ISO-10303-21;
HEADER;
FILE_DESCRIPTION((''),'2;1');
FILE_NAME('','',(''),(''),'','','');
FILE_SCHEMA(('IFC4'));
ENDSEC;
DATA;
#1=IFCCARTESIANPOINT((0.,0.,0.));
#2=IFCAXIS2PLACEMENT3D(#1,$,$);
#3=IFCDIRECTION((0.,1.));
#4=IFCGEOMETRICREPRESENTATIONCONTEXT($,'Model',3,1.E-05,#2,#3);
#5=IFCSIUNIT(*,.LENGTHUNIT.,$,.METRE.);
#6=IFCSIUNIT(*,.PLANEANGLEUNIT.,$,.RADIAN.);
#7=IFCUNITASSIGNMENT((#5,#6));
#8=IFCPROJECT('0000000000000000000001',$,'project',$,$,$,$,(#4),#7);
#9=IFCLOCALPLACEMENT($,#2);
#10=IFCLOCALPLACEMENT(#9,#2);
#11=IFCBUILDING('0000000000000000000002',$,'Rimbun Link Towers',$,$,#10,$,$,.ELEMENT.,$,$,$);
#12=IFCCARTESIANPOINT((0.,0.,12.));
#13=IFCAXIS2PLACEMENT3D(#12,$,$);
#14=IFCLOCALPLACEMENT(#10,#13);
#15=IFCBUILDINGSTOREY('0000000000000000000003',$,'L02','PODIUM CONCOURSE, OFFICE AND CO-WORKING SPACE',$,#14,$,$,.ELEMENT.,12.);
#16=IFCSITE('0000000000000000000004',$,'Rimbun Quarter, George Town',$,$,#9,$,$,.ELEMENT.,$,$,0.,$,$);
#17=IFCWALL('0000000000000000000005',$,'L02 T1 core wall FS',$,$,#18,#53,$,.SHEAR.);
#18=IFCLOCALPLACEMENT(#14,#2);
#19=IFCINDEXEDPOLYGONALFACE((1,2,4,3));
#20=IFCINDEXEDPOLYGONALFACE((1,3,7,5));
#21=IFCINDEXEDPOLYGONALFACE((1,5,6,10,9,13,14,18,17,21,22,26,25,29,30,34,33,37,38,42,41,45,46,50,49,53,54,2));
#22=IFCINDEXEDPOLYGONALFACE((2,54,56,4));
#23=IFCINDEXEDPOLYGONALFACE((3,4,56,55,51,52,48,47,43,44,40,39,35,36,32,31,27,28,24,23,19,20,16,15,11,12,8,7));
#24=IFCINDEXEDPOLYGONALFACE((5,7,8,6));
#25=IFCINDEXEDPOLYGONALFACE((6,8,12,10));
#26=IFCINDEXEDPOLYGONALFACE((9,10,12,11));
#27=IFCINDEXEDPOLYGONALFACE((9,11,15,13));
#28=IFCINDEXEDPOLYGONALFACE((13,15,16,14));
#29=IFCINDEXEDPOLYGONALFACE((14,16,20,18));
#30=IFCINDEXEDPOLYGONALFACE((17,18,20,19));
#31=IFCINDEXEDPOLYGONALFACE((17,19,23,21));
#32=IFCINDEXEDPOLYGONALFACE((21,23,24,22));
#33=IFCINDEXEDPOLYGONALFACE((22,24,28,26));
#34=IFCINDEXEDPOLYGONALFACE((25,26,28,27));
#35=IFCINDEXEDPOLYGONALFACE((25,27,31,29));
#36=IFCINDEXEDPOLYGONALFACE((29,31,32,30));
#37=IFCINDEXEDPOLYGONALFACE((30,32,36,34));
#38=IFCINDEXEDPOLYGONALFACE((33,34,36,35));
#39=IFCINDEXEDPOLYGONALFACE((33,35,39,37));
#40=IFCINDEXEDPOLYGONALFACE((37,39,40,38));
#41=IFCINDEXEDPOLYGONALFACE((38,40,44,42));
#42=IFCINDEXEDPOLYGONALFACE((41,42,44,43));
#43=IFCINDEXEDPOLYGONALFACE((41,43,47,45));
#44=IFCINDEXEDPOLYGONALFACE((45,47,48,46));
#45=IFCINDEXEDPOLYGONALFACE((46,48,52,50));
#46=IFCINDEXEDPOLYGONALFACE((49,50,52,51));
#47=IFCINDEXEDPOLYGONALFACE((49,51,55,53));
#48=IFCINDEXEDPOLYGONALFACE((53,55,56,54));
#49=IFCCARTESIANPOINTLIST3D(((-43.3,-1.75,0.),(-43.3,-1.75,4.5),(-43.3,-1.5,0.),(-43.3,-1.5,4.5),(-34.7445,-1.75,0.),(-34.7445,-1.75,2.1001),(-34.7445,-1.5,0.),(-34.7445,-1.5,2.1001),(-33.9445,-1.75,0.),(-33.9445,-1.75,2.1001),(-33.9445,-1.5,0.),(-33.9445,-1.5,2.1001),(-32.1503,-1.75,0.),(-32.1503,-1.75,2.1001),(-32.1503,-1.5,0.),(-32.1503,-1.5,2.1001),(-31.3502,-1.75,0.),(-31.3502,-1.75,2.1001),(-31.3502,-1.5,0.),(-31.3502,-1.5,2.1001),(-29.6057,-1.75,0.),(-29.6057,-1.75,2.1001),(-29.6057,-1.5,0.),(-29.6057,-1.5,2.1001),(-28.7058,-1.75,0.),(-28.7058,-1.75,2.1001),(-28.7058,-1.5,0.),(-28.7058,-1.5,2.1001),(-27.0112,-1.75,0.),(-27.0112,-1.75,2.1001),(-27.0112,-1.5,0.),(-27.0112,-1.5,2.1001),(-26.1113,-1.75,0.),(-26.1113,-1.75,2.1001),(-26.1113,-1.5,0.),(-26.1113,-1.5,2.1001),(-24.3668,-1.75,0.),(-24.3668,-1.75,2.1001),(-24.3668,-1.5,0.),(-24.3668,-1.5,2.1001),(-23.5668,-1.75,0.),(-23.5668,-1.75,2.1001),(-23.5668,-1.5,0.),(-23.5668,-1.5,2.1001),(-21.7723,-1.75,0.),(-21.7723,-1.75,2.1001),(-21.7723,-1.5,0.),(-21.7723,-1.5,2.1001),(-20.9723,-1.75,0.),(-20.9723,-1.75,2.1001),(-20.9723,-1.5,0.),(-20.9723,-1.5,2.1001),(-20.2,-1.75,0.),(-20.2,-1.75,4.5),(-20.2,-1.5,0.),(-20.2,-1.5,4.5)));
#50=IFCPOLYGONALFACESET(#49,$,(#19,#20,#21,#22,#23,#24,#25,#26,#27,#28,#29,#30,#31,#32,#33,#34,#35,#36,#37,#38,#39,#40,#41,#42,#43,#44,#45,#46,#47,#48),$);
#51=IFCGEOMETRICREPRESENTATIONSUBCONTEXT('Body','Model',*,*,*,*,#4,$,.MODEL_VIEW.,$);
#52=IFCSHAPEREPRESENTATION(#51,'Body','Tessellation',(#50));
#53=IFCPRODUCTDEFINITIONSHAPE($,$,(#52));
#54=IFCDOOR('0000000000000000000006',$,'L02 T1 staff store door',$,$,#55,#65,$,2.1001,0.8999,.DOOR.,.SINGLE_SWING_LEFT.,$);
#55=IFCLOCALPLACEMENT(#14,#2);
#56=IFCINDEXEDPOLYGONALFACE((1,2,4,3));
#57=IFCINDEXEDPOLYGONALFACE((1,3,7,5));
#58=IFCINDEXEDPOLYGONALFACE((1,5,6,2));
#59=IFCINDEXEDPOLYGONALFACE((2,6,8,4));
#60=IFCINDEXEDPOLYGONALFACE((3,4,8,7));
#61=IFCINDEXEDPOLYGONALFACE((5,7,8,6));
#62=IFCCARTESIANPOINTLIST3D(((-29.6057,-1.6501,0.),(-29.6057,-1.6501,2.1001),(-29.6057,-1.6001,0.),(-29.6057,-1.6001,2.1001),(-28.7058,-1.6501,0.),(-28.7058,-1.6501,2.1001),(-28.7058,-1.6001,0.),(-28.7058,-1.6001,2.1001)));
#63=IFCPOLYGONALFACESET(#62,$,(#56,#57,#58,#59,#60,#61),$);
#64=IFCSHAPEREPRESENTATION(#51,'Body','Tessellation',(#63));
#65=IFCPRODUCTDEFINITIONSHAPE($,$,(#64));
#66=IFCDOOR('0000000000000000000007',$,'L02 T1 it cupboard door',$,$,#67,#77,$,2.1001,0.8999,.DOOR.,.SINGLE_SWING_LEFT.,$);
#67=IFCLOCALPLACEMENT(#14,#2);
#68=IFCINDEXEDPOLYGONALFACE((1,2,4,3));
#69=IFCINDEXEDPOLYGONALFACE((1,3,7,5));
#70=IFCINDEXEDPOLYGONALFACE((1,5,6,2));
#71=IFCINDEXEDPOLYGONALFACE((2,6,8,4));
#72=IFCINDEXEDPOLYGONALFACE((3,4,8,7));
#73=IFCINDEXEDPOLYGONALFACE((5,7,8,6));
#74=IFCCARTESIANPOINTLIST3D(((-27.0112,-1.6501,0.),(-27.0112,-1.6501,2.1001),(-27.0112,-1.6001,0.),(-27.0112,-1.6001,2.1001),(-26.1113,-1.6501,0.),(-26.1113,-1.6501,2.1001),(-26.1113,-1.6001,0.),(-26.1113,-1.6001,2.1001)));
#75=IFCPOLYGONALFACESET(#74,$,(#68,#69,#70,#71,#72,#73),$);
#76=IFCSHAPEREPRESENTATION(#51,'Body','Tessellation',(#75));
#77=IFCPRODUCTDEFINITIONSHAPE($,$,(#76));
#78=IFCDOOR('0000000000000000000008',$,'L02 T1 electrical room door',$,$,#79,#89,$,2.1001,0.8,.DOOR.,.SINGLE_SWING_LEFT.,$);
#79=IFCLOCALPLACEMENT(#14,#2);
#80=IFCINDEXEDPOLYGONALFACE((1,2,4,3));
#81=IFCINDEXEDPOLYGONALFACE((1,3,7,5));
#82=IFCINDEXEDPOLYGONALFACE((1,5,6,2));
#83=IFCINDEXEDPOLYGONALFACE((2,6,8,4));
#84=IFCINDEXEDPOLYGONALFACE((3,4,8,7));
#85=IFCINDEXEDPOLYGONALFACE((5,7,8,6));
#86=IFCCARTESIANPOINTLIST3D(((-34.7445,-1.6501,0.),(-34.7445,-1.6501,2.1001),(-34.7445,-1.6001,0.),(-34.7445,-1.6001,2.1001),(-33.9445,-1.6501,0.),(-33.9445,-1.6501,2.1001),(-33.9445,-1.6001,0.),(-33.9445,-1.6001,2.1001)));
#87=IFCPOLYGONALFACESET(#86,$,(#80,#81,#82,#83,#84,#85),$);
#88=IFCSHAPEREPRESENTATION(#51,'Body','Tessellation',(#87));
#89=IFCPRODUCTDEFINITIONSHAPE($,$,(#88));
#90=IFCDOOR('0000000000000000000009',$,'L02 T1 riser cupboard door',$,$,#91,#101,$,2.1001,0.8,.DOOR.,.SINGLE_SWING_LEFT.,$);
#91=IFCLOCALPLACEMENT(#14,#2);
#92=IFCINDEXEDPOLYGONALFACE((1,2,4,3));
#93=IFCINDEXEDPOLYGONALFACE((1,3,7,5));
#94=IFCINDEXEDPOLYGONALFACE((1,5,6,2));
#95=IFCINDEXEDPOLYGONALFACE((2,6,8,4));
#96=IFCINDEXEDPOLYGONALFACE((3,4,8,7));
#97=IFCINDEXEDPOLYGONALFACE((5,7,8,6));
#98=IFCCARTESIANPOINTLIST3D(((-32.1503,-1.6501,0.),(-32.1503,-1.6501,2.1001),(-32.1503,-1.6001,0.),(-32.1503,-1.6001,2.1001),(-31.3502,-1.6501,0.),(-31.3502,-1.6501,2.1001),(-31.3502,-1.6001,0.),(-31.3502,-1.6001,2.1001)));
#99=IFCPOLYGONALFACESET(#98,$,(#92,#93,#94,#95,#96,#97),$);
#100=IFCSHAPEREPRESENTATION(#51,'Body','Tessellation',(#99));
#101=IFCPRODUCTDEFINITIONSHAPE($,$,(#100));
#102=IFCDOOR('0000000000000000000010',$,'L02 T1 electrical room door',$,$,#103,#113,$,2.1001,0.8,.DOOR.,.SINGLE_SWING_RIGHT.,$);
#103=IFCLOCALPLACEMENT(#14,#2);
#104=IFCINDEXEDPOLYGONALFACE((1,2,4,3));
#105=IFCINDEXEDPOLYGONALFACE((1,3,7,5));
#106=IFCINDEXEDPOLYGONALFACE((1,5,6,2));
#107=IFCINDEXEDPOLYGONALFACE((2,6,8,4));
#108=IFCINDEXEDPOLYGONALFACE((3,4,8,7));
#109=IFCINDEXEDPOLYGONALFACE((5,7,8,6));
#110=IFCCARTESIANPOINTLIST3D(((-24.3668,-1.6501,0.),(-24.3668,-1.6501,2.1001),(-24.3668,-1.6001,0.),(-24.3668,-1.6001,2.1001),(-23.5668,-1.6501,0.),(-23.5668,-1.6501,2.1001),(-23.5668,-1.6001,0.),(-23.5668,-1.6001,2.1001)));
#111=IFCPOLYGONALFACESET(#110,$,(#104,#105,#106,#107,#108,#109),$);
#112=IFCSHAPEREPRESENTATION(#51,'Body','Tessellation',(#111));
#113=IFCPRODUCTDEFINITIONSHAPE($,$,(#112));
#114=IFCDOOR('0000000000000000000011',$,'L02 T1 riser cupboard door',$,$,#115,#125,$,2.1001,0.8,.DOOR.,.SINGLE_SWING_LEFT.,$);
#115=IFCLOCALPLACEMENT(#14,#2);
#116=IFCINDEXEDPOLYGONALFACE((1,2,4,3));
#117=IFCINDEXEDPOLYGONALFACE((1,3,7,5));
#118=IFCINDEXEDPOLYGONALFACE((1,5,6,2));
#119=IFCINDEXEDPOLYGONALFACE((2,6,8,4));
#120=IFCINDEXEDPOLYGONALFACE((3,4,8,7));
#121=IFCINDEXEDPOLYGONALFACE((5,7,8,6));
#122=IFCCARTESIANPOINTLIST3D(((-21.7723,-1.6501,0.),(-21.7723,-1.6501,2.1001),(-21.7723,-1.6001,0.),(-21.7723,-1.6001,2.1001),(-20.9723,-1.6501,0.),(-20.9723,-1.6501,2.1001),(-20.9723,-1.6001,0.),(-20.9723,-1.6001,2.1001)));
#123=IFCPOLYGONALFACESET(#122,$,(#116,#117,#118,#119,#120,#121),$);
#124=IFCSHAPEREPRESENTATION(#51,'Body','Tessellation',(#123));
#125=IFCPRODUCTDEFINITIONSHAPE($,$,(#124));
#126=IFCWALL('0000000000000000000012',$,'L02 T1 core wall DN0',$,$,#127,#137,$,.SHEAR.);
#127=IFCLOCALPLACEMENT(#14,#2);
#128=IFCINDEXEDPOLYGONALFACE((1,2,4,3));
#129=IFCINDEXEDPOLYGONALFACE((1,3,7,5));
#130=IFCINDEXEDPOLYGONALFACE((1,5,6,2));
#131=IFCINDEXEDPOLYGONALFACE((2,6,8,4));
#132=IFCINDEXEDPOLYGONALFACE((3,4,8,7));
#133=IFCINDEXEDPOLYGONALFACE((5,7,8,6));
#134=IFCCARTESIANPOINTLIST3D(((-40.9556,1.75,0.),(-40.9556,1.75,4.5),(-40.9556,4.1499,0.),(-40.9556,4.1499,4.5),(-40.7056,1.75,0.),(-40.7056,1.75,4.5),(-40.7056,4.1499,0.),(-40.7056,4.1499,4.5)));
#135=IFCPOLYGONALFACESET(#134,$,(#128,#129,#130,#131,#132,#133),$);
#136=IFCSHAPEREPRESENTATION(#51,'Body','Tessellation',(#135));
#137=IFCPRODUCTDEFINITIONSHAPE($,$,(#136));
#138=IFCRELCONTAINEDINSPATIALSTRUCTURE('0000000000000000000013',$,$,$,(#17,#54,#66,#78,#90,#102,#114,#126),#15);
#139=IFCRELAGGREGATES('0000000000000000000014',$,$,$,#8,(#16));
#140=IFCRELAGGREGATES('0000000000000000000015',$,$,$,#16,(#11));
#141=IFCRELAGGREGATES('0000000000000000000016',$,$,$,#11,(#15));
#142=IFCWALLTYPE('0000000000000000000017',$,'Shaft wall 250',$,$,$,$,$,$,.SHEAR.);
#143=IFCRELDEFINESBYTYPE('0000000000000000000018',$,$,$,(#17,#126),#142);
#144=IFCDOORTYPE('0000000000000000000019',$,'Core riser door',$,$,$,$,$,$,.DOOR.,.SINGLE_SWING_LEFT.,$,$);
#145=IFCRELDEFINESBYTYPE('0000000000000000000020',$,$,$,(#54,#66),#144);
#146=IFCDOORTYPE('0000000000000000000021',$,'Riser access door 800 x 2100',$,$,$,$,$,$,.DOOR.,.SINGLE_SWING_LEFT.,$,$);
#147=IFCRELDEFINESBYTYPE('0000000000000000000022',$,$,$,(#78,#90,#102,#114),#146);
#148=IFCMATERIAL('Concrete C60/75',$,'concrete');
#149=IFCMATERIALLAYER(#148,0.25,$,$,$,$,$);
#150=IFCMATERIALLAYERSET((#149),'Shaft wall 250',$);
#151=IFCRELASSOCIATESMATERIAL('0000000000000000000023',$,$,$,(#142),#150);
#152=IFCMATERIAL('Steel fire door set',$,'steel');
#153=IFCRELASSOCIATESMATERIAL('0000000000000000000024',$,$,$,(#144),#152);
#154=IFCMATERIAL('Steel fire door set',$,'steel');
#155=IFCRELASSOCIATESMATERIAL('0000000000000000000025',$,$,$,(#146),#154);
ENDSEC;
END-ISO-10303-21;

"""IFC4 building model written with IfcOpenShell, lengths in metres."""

from ifc_helpers import new_model, si_unit, direction, frame, frame_2d, origin, place, context, subcontext, project, spatial, rectangle, extrude, material, layer, layer_set, type_object, element, fill, save


model = new_model("IFC4")

# Units and contexts
model_context = context("Model", 3, precision=1e-05, world=origin(), true_north=direction((0.0, 1.0)))
body_context = subcontext(model_context, "Body", "Model", "MODEL_VIEW")
ifc_project = project(units=[si_unit("LENGTHUNIT", "METRE"), si_unit("PLANEANGLEUNIT", "RADIAN")], contexts=[model_context])

# Site, building, storey
site_placement = place(None, origin())
site = spatial("IfcSite", under=ifc_project, at=site_placement, Name="Rimbun Quarter, George Town", CompositionType="ELEMENT", RefElevation=0.0)
building_placement = place(site_placement, origin())
building = spatial("IfcBuilding", under=site, at=building_placement, Name="Rimbun Link Towers", CompositionType="ELEMENT")
storey_placement = place(building_placement, frame((0.0, 0.0, 12.0)))
storey = spatial("IfcBuildingStorey", under=building, at=storey_placement, Name="L02", Description="PODIUM CONCOURSE, OFFICE AND CO-WORKING SPACE", CompositionType="ELEMENT", Elevation=12.0)

# Shared definitions
ifc_material_1 = material(Name="Concrete C60/75", Category="concrete")
ifc_layer_1 = layer(ifc_material_1, 0.25)
ifc_layer_set_1 = layer_set([ifc_layer_1], Name="Shaft wall 250")
wall_type_1 = type_object("IfcWallType", Name="Shaft wall 250", PredefinedType="SHEAR", material=ifc_layer_set_1)

# Wall, openings, doors
wall_1_placement = place(storey_placement, frame((-43.3, -1.625, 0.0), z_axis=(0.0, 0.0, 1.0), x_axis=(1.0, 0.0, 0.0)))
wall_1 = element("IfcWall", 1, at=wall_1_placement, inside=storey, type_object=wall_type_1, Name="L02 T1 core wall FS", PredefinedType="SHEAR", context=body_context, shape_type="SweptSolid", body=[
    extrude(rectangle(XDim=23.1001, YDim=0.25, at=frame_2d((11.55, 0.0))), origin(), (0.0, 0.0, 1.0), 4.5),
])
opening_1_placement = place(wall_1_placement, frame((8.5557, 0.0, 0.0)))
opening_1 = element("IfcOpeningElement", 2, at=opening_1_placement, cuts=wall_1, PredefinedType="OPENING", context=body_context, shape_type="SweptSolid", body=[
    extrude(rectangle(XDim=0.8, YDim=2.1001, at=frame_2d((0.3999, 1.05))), frame((0.0, 0.135, 0.0), z_axis=(0.0, -1.0, 0.0), x_axis=(1.0, 0.0, 0.0)), (0.0, 0.0, 1.0), 0.27),
])
opening_2_placement = place(wall_1_placement, frame((11.1499, 0.0, 0.0)))
opening_2 = element("IfcOpeningElement", 3, at=opening_2_placement, cuts=wall_1, PredefinedType="OPENING", context=body_context, shape_type="SweptSolid", body=[
    extrude(rectangle(XDim=0.8, YDim=2.1001, at=frame_2d((0.3999, 1.05))), frame((0.0, 0.135, 0.0), z_axis=(0.0, -1.0, 0.0), x_axis=(1.0, 0.0, 0.0)), (0.0, 0.0, 1.0), 0.27),
])
opening_3_placement = place(wall_1_placement, frame((13.6943, 0.0, 0.0)))
opening_3 = element("IfcOpeningElement", 4, at=opening_3_placement, cuts=wall_1, PredefinedType="OPENING", context=body_context, shape_type="SweptSolid", body=[
    extrude(rectangle(XDim=0.8999, YDim=2.1001, at=frame_2d((0.45, 1.05))), frame((0.0, 0.135, 0.0), z_axis=(0.0, -1.0, 0.0), x_axis=(1.0, 0.0, 0.0)), (0.0, 0.0, 1.0), 0.27),
])
opening_4_placement = place(wall_1_placement, frame((16.2888, 0.0, 0.0)))
opening_4 = element("IfcOpeningElement", 5, at=opening_4_placement, cuts=wall_1, PredefinedType="OPENING", context=body_context, shape_type="SweptSolid", body=[
    extrude(rectangle(XDim=0.8999, YDim=2.1001, at=frame_2d((0.45, 1.05))), frame((0.0, 0.135, 0.0), z_axis=(0.0, -1.0, 0.0), x_axis=(1.0, 0.0, 0.0)), (0.0, 0.0, 1.0), 0.27),
])
opening_5_placement = place(wall_1_placement, frame((18.9333, 0.0, 0.0)))
opening_5 = element("IfcOpeningElement", 6, at=opening_5_placement, cuts=wall_1, PredefinedType="OPENING", context=body_context, shape_type="SweptSolid", body=[
    extrude(rectangle(XDim=0.8, YDim=2.1001, at=frame_2d((0.3999, 1.05))), frame((0.0, 0.135, 0.0), z_axis=(0.0, -1.0, 0.0), x_axis=(1.0, 0.0, 0.0)), (0.0, 0.0, 1.0), 0.27),
])
opening_6_placement = place(wall_1_placement, frame((21.5278, 0.0, 0.0)))
opening_6 = element("IfcOpeningElement", 7, at=opening_6_placement, cuts=wall_1, PredefinedType="OPENING", context=body_context, shape_type="SweptSolid", body=[
    extrude(rectangle(XDim=0.8, YDim=2.1001, at=frame_2d((0.3999, 1.05))), frame((0.0, 0.135, 0.0), z_axis=(0.0, -1.0, 0.0), x_axis=(1.0, 0.0, 0.0)), (0.0, 0.0, 1.0), 0.27),
])
ifc_material_2 = material(Name="Steel fire door set", Category="steel")
door_type_1 = type_object("IfcDoorType", Name="Core riser door", OperationType="SINGLE_SWING_LEFT", PredefinedType="DOOR", material=ifc_material_2)
door_1_placement = place(opening_3_placement, origin())
door_1 = element("IfcDoor", 8, at=door_1_placement, inside=storey, type_object=door_type_1, Name="L02 T1 staff store door", OperationType="SINGLE_SWING_LEFT", OverallHeight=2.1001, OverallWidth=0.8999, PredefinedType="DOOR", context=body_context, shape_type="SweptSolid", body=[
    extrude(rectangle(XDim=0.8999, YDim=2.1001, at=frame_2d((0.45, 1.05))), frame((0.0, 0.0249, 0.0), z_axis=(0.0, -1.0, 0.0), x_axis=(1.0, 0.0, 0.0)), (0.0, 0.0, 1.0), 0.05),
])
fill(opening_3, door_1)
door_2_placement = place(opening_4_placement, origin())
door_2 = element("IfcDoor", 9, at=door_2_placement, inside=storey, type_object=door_type_1, Name="L02 T1 it cupboard door", OperationType="SINGLE_SWING_LEFT", OverallHeight=2.1001, OverallWidth=0.8999, PredefinedType="DOOR", context=body_context, shape_type="SweptSolid", body=[
    extrude(rectangle(XDim=0.8999, YDim=2.1001, at=frame_2d((0.45, 1.05))), frame((0.0, 0.0249, 0.0), z_axis=(0.0, -1.0, 0.0), x_axis=(1.0, 0.0, 0.0)), (0.0, 0.0, 1.0), 0.05),
])
fill(opening_4, door_2)
ifc_material_3 = material(Name="Steel fire door set", Category="steel")
door_type_2 = type_object("IfcDoorType", Name="Riser access door 800 x 2100", OperationType="SINGLE_SWING_LEFT", PredefinedType="DOOR", material=ifc_material_3)
door_3_placement = place(opening_1_placement, origin())
door_3 = element("IfcDoor", 10, at=door_3_placement, inside=storey, type_object=door_type_2, Name="L02 T1 electrical room door", OperationType="SINGLE_SWING_LEFT", OverallHeight=2.1001, OverallWidth=0.8, PredefinedType="DOOR", context=body_context, shape_type="SweptSolid", body=[
    extrude(rectangle(XDim=0.8, YDim=2.1001, at=frame_2d((0.3999, 1.05))), frame((0.0, 0.0249, 0.0), z_axis=(0.0, -1.0, 0.0), x_axis=(1.0, 0.0, 0.0)), (0.0, 0.0, 1.0), 0.05),
])
fill(opening_1, door_3)
door_4_placement = place(opening_2_placement, origin())
door_4 = element("IfcDoor", 11, at=door_4_placement, inside=storey, type_object=door_type_2, Name="L02 T1 riser cupboard door", OperationType="SINGLE_SWING_LEFT", OverallHeight=2.1001, OverallWidth=0.8, PredefinedType="DOOR", context=body_context, shape_type="SweptSolid", body=[
    extrude(rectangle(XDim=0.8, YDim=2.1001, at=frame_2d((0.3999, 1.05))), frame((0.0, 0.0249, 0.0), z_axis=(0.0, -1.0, 0.0), x_axis=(1.0, 0.0, 0.0)), (0.0, 0.0, 1.0), 0.05),
])
fill(opening_2, door_4)
door_5_placement = place(opening_5_placement, origin())
door_5 = element("IfcDoor", 12, at=door_5_placement, inside=storey, type_object=door_type_2, Name="L02 T1 electrical room door", OperationType="SINGLE_SWING_RIGHT", OverallHeight=2.1001, OverallWidth=0.8, PredefinedType="DOOR", context=body_context, shape_type="SweptSolid", body=[
    extrude(rectangle(XDim=0.8, YDim=2.1001, at=frame_2d((0.3999, 1.05))), frame((0.0, 0.0249, 0.0), z_axis=(0.0, -1.0, 0.0), x_axis=(1.0, 0.0, 0.0)), (0.0, 0.0, 1.0), 0.05),
])
fill(opening_5, door_5)
door_6_placement = place(opening_6_placement, origin())
door_6 = element("IfcDoor", 13, at=door_6_placement, inside=storey, type_object=door_type_2, Name="L02 T1 riser cupboard door", OperationType="SINGLE_SWING_LEFT", OverallHeight=2.1001, OverallWidth=0.8, PredefinedType="DOOR", context=body_context, shape_type="SweptSolid", body=[
    extrude(rectangle(XDim=0.8, YDim=2.1001, at=frame_2d((0.3999, 1.05))), frame((0.0, 0.0249, 0.0), z_axis=(0.0, -1.0, 0.0), x_axis=(1.0, 0.0, 0.0)), (0.0, 0.0, 1.0), 0.05),
])
fill(opening_6, door_6)

# Wall
wall_2_placement = place(storey_placement, frame((-40.8306, 1.75, 0.0), z_axis=(0.0, 0.0, 1.0), x_axis=(0.0, 1.0, 0.0)))
element("IfcWall", 14, at=wall_2_placement, inside=storey, type_object=wall_type_1, Name="L02 T1 core wall DN0", PredefinedType="SHEAR", context=body_context, shape_type="SweptSolid", body=[
    extrude(rectangle(XDim=2.3999, YDim=0.25, at=frame_2d((1.2, 0.0))), origin(), (0.0, 0.0, 1.0), 4.5),
])

save(model, "model.ifc")
